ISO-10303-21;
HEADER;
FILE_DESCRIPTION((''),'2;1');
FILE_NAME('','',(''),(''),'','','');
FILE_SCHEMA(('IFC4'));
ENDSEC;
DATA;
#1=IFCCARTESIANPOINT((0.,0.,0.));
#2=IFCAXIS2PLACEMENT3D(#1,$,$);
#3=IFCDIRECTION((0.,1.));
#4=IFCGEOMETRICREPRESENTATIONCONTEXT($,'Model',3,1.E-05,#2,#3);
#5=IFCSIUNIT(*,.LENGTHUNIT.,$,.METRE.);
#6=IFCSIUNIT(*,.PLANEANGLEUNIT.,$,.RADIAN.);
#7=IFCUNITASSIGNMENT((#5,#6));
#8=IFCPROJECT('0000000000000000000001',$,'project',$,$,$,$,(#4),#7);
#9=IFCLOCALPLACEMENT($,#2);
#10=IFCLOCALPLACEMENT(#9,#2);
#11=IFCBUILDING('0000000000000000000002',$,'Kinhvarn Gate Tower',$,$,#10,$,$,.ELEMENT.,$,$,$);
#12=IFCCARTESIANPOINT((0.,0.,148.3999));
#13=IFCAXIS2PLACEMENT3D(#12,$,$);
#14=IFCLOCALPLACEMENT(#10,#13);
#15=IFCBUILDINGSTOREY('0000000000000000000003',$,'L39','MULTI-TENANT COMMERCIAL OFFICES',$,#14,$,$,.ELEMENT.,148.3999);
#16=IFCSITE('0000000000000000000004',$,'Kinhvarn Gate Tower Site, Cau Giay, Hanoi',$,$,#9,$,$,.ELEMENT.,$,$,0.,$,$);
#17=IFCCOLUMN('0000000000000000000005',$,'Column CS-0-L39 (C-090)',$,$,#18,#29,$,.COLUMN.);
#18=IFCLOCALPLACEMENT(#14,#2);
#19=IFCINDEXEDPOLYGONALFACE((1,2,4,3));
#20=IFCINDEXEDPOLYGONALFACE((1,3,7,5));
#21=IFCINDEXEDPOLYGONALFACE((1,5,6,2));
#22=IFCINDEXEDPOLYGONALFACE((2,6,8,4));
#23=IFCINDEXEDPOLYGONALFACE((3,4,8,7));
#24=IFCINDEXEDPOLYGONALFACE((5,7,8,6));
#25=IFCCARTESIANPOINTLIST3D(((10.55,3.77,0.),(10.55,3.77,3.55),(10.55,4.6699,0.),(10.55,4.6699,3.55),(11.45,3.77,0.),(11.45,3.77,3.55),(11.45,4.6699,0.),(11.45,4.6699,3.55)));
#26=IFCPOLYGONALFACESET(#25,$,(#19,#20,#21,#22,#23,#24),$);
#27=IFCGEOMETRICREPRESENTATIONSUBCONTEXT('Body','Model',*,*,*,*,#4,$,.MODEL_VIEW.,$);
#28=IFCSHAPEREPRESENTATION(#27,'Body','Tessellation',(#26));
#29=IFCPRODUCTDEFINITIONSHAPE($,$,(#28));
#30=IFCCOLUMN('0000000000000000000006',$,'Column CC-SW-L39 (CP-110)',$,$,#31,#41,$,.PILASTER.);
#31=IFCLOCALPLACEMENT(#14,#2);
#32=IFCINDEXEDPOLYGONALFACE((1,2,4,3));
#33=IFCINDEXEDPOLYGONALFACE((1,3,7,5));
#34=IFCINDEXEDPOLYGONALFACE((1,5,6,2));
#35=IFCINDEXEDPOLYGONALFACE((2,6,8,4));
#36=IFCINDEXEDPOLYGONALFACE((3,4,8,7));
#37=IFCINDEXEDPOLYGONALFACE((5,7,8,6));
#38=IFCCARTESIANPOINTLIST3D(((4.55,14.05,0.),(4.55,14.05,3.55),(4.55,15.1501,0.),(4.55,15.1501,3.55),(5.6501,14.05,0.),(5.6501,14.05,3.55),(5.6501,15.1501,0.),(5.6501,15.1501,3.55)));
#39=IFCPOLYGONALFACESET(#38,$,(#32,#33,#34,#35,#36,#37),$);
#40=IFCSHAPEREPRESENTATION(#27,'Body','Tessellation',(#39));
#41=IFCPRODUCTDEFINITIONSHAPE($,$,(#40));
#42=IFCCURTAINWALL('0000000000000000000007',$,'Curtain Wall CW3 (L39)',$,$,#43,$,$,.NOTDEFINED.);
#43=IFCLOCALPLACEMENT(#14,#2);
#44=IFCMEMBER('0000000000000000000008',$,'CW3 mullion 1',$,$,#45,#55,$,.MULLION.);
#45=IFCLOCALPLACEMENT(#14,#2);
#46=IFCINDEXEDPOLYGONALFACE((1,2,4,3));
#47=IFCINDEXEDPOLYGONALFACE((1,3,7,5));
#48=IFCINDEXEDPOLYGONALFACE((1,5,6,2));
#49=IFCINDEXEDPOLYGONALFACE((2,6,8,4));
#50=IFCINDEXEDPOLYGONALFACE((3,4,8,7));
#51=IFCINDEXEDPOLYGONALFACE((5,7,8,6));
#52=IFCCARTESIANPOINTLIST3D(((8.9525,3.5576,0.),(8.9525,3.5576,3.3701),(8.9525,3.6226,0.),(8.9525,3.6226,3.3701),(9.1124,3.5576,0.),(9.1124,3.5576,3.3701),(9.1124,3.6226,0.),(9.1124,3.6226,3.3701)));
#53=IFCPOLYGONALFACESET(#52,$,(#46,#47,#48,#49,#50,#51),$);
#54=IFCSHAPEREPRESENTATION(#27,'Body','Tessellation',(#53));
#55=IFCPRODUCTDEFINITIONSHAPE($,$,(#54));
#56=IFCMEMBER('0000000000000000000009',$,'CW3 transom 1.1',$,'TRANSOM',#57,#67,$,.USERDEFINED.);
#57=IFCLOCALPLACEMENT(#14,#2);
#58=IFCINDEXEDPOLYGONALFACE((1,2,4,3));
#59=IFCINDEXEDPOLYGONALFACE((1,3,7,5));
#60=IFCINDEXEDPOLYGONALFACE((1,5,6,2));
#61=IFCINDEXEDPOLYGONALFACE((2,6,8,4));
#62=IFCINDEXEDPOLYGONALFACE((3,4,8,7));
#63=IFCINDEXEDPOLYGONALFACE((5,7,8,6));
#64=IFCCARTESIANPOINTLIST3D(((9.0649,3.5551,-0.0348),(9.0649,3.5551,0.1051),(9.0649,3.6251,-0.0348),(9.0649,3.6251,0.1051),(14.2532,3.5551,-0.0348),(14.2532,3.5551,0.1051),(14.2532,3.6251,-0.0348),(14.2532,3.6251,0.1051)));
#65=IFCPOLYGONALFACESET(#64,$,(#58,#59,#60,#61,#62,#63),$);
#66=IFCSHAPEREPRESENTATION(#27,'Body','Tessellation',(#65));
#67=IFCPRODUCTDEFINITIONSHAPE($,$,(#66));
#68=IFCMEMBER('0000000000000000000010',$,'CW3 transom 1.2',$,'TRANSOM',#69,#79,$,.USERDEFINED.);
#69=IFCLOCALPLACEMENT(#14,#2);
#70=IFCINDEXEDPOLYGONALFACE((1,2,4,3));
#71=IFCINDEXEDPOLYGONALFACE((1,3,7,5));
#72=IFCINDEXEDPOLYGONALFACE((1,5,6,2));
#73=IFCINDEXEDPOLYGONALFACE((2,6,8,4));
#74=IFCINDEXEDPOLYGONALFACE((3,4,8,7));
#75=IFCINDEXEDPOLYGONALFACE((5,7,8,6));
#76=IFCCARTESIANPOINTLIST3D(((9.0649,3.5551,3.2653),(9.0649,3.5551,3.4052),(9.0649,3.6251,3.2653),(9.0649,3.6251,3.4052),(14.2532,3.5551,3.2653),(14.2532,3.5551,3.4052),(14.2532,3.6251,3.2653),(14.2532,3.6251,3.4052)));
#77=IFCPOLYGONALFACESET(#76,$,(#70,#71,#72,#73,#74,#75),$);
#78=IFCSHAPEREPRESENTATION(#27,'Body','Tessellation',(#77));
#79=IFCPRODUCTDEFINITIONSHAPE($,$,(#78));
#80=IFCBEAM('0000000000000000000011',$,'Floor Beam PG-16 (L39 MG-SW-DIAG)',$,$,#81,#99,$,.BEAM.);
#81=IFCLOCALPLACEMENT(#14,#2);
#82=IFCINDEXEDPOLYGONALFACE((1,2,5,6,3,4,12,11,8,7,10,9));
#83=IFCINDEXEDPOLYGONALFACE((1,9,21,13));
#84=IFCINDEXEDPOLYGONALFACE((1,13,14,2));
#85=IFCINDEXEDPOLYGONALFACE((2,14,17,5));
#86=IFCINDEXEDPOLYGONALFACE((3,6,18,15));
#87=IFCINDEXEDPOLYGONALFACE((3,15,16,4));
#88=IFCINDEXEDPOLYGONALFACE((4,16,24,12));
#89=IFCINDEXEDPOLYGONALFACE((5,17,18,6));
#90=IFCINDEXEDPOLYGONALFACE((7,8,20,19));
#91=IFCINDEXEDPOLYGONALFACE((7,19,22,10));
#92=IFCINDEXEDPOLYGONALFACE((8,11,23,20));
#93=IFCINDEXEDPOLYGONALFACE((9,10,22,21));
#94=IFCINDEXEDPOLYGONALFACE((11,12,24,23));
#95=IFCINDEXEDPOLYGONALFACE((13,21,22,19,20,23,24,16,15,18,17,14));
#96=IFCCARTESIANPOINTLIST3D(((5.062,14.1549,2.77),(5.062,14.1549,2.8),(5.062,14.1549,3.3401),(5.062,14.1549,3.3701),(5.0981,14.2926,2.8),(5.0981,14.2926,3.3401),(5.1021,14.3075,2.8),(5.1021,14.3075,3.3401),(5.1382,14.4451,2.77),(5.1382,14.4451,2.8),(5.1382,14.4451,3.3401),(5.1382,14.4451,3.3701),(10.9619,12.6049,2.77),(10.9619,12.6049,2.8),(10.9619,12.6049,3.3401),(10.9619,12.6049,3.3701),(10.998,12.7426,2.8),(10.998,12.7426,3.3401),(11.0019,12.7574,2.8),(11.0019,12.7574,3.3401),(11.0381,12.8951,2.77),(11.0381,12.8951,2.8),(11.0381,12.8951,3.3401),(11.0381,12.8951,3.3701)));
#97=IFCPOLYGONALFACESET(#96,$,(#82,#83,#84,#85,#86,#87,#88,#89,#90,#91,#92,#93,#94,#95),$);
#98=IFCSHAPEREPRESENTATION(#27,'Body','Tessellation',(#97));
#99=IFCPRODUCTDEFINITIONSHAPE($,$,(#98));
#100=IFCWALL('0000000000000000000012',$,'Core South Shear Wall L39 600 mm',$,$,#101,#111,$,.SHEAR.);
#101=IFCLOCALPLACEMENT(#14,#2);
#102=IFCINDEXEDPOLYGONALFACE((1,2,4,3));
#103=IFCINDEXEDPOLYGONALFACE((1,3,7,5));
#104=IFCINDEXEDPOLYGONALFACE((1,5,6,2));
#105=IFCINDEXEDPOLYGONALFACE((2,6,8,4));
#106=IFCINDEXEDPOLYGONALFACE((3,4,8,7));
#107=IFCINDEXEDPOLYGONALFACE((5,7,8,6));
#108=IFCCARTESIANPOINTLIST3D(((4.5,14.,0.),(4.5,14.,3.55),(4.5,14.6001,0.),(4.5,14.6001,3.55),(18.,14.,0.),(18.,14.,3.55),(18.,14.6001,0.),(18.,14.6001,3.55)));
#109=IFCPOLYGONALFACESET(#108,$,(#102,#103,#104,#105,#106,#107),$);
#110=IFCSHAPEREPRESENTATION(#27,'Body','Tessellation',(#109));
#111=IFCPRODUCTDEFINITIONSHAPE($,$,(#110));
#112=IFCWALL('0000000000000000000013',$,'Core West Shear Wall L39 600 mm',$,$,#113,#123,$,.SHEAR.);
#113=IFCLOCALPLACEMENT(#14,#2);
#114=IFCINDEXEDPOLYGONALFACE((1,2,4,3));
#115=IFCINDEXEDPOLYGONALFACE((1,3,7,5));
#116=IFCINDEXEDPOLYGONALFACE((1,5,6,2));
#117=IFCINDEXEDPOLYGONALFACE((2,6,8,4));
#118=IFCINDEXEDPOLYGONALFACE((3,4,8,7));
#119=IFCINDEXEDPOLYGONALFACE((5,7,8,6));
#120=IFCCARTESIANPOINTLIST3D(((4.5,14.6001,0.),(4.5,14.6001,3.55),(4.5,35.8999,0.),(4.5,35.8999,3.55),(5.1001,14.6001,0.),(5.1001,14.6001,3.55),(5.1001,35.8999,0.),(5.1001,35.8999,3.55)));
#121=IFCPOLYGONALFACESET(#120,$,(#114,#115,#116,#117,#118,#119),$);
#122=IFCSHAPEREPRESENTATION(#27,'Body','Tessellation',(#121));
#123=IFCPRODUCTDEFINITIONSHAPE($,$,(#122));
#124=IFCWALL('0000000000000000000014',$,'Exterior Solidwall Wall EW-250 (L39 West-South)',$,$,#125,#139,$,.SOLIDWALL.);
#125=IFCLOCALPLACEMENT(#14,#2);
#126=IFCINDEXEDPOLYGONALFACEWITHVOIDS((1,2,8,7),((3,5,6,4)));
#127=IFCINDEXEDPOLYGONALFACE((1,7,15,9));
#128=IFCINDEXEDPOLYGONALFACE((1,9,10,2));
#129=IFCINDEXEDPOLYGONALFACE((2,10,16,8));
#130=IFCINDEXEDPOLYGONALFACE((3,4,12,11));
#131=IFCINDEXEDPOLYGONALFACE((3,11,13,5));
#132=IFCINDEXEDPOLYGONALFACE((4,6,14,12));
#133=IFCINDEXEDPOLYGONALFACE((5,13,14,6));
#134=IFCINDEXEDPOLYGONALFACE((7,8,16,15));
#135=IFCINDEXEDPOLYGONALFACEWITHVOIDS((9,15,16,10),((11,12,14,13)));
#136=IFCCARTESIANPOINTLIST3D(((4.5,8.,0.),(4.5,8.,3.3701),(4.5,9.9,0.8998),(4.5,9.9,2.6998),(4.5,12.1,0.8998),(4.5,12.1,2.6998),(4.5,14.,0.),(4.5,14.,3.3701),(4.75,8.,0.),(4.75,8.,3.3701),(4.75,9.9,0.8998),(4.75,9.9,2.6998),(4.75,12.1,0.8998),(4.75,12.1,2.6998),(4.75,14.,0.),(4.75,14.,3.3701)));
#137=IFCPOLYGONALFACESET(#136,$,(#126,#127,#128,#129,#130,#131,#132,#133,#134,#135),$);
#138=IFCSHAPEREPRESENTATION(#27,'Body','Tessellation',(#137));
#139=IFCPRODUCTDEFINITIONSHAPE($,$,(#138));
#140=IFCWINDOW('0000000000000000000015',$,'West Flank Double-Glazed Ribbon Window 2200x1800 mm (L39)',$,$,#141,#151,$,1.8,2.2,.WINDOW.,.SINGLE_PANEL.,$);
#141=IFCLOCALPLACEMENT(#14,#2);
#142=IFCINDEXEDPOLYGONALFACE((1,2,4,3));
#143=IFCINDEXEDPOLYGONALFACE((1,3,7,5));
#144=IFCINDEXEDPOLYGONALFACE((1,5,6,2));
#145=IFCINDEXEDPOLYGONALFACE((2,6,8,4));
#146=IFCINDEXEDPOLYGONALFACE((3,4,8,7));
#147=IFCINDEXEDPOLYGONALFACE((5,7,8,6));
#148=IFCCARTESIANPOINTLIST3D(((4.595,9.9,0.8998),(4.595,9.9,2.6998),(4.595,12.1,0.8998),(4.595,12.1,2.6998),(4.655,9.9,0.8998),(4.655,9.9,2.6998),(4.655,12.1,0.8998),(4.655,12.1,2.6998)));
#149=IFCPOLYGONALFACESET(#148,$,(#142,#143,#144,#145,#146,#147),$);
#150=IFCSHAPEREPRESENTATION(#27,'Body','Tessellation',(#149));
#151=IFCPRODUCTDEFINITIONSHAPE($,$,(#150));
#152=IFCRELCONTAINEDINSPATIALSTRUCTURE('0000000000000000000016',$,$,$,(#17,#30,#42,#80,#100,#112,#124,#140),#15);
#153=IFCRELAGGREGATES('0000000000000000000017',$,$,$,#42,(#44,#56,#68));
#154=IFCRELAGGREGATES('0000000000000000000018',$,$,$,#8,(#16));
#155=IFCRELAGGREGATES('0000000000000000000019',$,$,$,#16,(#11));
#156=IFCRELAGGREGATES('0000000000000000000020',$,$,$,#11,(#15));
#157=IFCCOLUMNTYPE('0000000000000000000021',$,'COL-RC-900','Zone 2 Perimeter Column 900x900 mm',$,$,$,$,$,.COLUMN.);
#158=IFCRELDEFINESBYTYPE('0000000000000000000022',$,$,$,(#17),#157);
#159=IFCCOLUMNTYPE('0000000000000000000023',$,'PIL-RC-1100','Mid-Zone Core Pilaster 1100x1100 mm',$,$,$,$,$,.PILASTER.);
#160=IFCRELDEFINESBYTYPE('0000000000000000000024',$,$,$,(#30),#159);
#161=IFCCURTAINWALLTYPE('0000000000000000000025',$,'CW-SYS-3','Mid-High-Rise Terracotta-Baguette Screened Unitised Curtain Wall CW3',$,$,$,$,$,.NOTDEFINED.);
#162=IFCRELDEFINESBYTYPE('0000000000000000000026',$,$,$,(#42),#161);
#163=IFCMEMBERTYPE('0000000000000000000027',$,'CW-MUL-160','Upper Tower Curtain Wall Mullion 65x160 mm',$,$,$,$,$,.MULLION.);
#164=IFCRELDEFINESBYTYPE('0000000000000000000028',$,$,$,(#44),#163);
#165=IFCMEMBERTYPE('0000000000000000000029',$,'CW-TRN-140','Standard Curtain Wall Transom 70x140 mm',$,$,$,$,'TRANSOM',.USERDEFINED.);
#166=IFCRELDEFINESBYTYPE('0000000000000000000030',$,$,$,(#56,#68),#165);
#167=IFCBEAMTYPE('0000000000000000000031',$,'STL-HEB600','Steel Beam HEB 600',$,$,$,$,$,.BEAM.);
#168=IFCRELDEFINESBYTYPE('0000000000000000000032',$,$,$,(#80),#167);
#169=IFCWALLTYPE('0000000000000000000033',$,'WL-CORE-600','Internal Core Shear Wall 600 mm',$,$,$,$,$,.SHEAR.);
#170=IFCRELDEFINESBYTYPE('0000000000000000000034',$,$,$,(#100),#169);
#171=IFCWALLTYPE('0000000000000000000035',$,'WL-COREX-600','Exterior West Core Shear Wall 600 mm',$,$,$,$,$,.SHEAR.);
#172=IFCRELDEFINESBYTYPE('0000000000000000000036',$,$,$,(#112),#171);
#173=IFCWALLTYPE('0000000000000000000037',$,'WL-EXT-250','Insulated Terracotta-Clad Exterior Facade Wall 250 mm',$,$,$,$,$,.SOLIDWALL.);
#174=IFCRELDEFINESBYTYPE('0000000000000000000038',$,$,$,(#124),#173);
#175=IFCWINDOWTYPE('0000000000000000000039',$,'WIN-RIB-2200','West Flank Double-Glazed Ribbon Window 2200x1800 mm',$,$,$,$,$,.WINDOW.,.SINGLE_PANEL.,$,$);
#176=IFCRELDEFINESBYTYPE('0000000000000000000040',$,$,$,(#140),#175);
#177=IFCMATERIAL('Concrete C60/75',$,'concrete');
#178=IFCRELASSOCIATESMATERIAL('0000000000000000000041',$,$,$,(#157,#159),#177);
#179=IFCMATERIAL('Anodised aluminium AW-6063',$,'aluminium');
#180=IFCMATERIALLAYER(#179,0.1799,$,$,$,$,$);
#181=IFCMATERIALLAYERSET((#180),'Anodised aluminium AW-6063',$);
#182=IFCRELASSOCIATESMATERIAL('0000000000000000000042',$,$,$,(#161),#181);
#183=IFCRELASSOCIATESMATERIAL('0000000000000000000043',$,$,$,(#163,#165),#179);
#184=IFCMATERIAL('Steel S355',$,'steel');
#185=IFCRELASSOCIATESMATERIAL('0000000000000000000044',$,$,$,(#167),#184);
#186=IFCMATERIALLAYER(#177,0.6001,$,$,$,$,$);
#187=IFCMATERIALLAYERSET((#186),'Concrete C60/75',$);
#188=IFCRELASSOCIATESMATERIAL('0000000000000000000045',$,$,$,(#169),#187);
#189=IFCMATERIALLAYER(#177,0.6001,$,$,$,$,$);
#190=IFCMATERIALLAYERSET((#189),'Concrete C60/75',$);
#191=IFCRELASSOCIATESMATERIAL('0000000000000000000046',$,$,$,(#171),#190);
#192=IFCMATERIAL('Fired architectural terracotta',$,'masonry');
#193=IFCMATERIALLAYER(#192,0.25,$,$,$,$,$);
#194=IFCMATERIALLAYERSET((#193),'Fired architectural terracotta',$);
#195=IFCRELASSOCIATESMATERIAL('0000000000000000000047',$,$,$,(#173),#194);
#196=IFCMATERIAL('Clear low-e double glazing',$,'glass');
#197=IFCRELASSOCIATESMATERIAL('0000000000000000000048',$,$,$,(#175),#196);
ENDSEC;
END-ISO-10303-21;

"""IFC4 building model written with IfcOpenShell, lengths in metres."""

from ifc_helpers import new_model, si_unit, direction, frame, frame_2d, origin, origin_2d, place, context, subcontext, project, spatial, rectangle, i_section, extrude, material, layer, layer_set, material_profile, profile_set, type_object, element, fill, aggregate, save


model = new_model("IFC4")

# Units and contexts
model_context = context("Model", 3, precision=1e-05, world=origin(), true_north=direction((0.0, 1.0)))
body_context = subcontext(model_context, "Body", "Model", "MODEL_VIEW")
ifc_project = project(units=[si_unit("LENGTHUNIT", "METRE"), si_unit("PLANEANGLEUNIT", "RADIAN")], contexts=[model_context])

# Site, building, storey
site_placement = place(None, origin())
site = spatial("IfcSite", under=ifc_project, at=site_placement, Name="Kinhvarn Gate Tower Site, Cau Giay, Hanoi", CompositionType="ELEMENT", RefElevation=0.0)
building_placement = place(site_placement, origin())
building = spatial("IfcBuilding", under=site, at=building_placement, Name="Kinhvarn Gate Tower", CompositionType="ELEMENT")
storey_placement = place(building_placement, frame((0.0, 0.0, 148.3999)))
storey = spatial("IfcBuildingStorey", under=building, at=storey_placement, Name="L39", Description="MULTI-TENANT COMMERCIAL OFFICES", CompositionType="ELEMENT", Elevation=148.3999)

# Columns
ifc_material_1 = material(Name="Concrete C60/75", Category="concrete")
ifc_material_profile_1 = material_profile(ifc_material_1, rectangle(XDim=0.8999, YDim=0.8999, at=origin_2d()), Name="RC 900x900")
ifc_profile_set_1 = profile_set([ifc_material_profile_1], Name="Concrete C60/75")
column_type_1 = type_object("IfcColumnType", Name="COL-RC-900", Description="Zone 2 Perimeter Column 900x900 mm", PredefinedType="COLUMN", material=ifc_profile_set_1)
column_1_placement = place(storey_placement, frame((11.0, 4.22, 0.0), z_axis=(0.0, 0.0, 1.0), x_axis=(1.0, 0.0, 0.0)))
element("IfcColumn", 1, at=column_1_placement, inside=storey, type_object=column_type_1, Name="Column CS-0-L39 (C-090)", PredefinedType="COLUMN", context=body_context, shape_type="SweptSolid", body=[
    extrude(rectangle(XDim=0.8999, YDim=0.8999, at=origin_2d()), origin(), (0.0, 0.0, 1.0), 3.55),
])
ifc_material_profile_2 = material_profile(ifc_material_1, rectangle(XDim=1.1001, YDim=1.1001, at=origin_2d()), Name="RC 1100x1100")
ifc_profile_set_2 = profile_set([ifc_material_profile_2], Name="Concrete C60/75")
column_type_2 = type_object("IfcColumnType", Name="PIL-RC-1100", Description="Mid-Zone Core Pilaster 1100x1100 mm", PredefinedType="PILASTER", material=ifc_profile_set_2)
column_2_placement = place(storey_placement, frame((5.1001, 14.6001, 0.0), z_axis=(0.0, 0.0, 1.0), x_axis=(1.0, 0.0, 0.0)))
element("IfcColumn", 2, at=column_2_placement, inside=storey, type_object=column_type_2, Name="Column CC-SW-L39 (CP-110)", PredefinedType="PILASTER", context=body_context, shape_type="SweptSolid", body=[
    extrude(rectangle(XDim=1.1001, YDim=1.1001, at=origin_2d()), origin(), (0.0, 0.0, 1.0), 3.55),
])

# Curtain wall, members
ifc_material_2 = material(Name="Anodised aluminium AW-6063", Category="aluminium")
ifc_layer_1 = layer(ifc_material_2, 0.1799)
ifc_layer_set_1 = layer_set([ifc_layer_1], Name="Anodised aluminium AW-6063")
curtain_wall_type = type_object("IfcCurtainWallType", Name="CW-SYS-3", Description="Mid-High-Rise Terracotta-Baguette Screened Unitised Curtain Wall CW3", PredefinedType="NOTDEFINED", material=ifc_layer_set_1)
curtain_wall_placement = place(storey_placement, origin())
curtain_wall = element("IfcCurtainWall", 3, at=curtain_wall_placement, inside=storey, type_object=curtain_wall_type, Name="Curtain Wall CW3 (L39)", PredefinedType="NOTDEFINED")
ifc_material_profile_3 = material_profile(ifc_material_2, rectangle(XDim=0.0649, YDim=0.1599, at=origin_2d()), Name="ALU 65x160")
ifc_profile_set_3 = profile_set([ifc_material_profile_3], Name="Anodised aluminium AW-6063")
member_type_1 = type_object("IfcMemberType", Name="CW-MUL-160", Description="Upper Tower Curtain Wall Mullion 65x160 mm", PredefinedType="MULLION", material=ifc_profile_set_3)
member_1_placement = place(storey_placement, frame((9.0325, 3.5901, 0.0), z_axis=(0.0, 0.0, 1.0), x_axis=(0.0, 1.0, 0.0)))
member_1 = element("IfcMember", 4, at=member_1_placement, type_object=member_type_1, Name="CW3 mullion 1", PredefinedType="MULLION", context=body_context, shape_type="SweptSolid", body=[
    extrude(rectangle(XDim=0.0649, YDim=0.1599, at=origin_2d()), origin(), (0.0, 0.0, 1.0), 3.3701),
])
ifc_material_profile_4 = material_profile(ifc_material_2, rectangle(XDim=0.0701, YDim=0.1399, at=origin_2d()), Name="ALU 70x140")
ifc_profile_set_4 = profile_set([ifc_material_profile_4], Name="Anodised aluminium AW-6063")
member_type_2 = type_object("IfcMemberType", Name="CW-TRN-140", Description="Standard Curtain Wall Transom 70x140 mm", ElementType="TRANSOM", PredefinedType="USERDEFINED", material=ifc_profile_set_4)
member_2_placement = place(storey_placement, frame((9.0649, 3.5901, 0.0352), z_axis=(1.0, 0.0, 0.0), x_axis=(0.0, 1.0, 0.0)))
member_2 = element("IfcMember", 5, at=member_2_placement, type_object=member_type_2, Name="CW3 transom 1.1", ObjectType="TRANSOM", PredefinedType="USERDEFINED", context=body_context, shape_type="SweptSolid", body=[
    extrude(rectangle(XDim=0.0701, YDim=0.1399, at=origin_2d()), origin(), (0.0, 0.0, 1.0), 5.1882),
])
member_3_placement = place(storey_placement, frame((9.0649, 3.5901, 3.3352), z_axis=(1.0, 0.0, 0.0), x_axis=(0.0, 1.0, 0.0)))
member_3 = element("IfcMember", 6, at=member_3_placement, type_object=member_type_2, Name="CW3 transom 1.2", ObjectType="TRANSOM", PredefinedType="USERDEFINED", context=body_context, shape_type="SweptSolid", body=[
    extrude(rectangle(XDim=0.0701, YDim=0.1399, at=origin_2d()), origin(), (0.0, 0.0, 1.0), 5.1882),
])
aggregate(curtain_wall, [member_1, member_2, member_3])

# Beam
ifc_material_3 = material(Name="Steel S355", Category="steel")
ifc_material_profile_5 = material_profile(ifc_material_3, i_section(OverallWidth=0.3, OverallDepth=0.6001, WebThickness=0.0154, FlangeThickness=0.03, at=origin_2d()), Name="HEB 600")
ifc_profile_set_5 = profile_set([ifc_material_profile_5], Name="Steel S355")
beam_type = type_object("IfcBeamType", Name="STL-HEB600", Description="Steel Beam HEB 600", PredefinedType="BEAM", material=ifc_profile_set_5)
beam_placement = place(storey_placement, frame((5.1001, 14.3, 3.0701), z_axis=(0.967178, -0.254101, 0.0), x_axis=(0.254101, 0.967178, 0.0)))
element("IfcBeam", 7, at=beam_placement, inside=storey, type_object=beam_type, Name="Floor Beam PG-16 (L39 MG-SW-DIAG)", PredefinedType="BEAM", context=body_context, shape_type="SweptSolid", body=[
    extrude(i_section(OverallWidth=0.3, OverallDepth=0.6001, WebThickness=0.0154, FlangeThickness=0.03, at=origin_2d()), origin(), (0.0, 0.0, 1.0), 6.1001),
])

# Walls
ifc_layer_2 = layer(ifc_material_1, 0.6001)
ifc_layer_set_2 = layer_set([ifc_layer_2], Name="Concrete C60/75")
wall_type_1 = type_object("IfcWallType", Name="WL-CORE-600", Description="Internal Core Shear Wall 600 mm", PredefinedType="SHEAR", material=ifc_layer_set_2)
wall_1_placement = place(storey_placement, frame((4.5, 14.3, 0.0), z_axis=(0.0, 0.0, 1.0), x_axis=(1.0, 0.0, 0.0)))
element("IfcWall", 8, at=wall_1_placement, inside=storey, type_object=wall_type_1, Name="Core South Shear Wall L39 600 mm", PredefinedType="SHEAR", context=body_context, shape_type="SweptSolid", body=[
    extrude(rectangle(XDim=13.5, YDim=0.6001, at=frame_2d((6.75, 0.0))), origin(), (0.0, 0.0, 1.0), 3.55),
])
ifc_layer_3 = layer(ifc_material_1, 0.6001)
ifc_layer_set_3 = layer_set([ifc_layer_3], Name="Concrete C60/75")
wall_type_2 = type_object("IfcWallType", Name="WL-COREX-600", Description="Exterior West Core Shear Wall 600 mm", PredefinedType="SHEAR", material=ifc_layer_set_3)
wall_2_placement = place(storey_placement, frame((4.8, 14.6001, 0.0), z_axis=(0.0, 0.0, 1.0), x_axis=(0.0, 1.0, 0.0)))
element("IfcWall", 9, at=wall_2_placement, inside=storey, type_object=wall_type_2, Name="Core West Shear Wall L39 600 mm", PredefinedType="SHEAR", context=body_context, shape_type="SweptSolid", body=[
    extrude(rectangle(XDim=21.2998, YDim=0.6001, at=frame_2d((10.6499, 0.0))), origin(), (0.0, 0.0, 1.0), 3.55),
])

# Wall, opening, window
ifc_material_4 = material(Name="Fired architectural terracotta", Category="masonry")
ifc_layer_4 = layer(ifc_material_4, 0.25)
ifc_layer_set_4 = layer_set([ifc_layer_4], Name="Fired architectural terracotta")
wall_type_3 = type_object("IfcWallType", Name="WL-EXT-250", Description="Insulated Terracotta-Clad Exterior Facade Wall 250 mm", PredefinedType="SOLIDWALL", material=ifc_layer_set_4)
wall_3_placement = place(storey_placement, frame((4.625, 14.0, 0.0), z_axis=(0.0, 0.0, 1.0), x_axis=(0.0, -1.0, 0.0)))
wall_3 = element("IfcWall", 10, at=wall_3_placement, inside=storey, type_object=wall_type_3, Name="Exterior Solidwall Wall EW-250 (L39 West-South)", PredefinedType="SOLIDWALL", context=body_context, shape_type="SweptSolid", body=[
    extrude(rectangle(XDim=6.0, YDim=0.25, at=frame_2d((3.0, 0.0))), origin(), (0.0, 0.0, 1.0), 3.3701),
])
opening_1_placement = place(wall_3_placement, frame((1.8999, 0.0, 0.8999)))
opening_1 = element("IfcOpeningElement", 11, at=opening_1_placement, cuts=wall_3, PredefinedType="OPENING", context=body_context, shape_type="SweptSolid", body=[
    extrude(rectangle(XDim=2.2, YDim=1.8, at=frame_2d((1.1001, 0.8999))), frame((0.0, 0.135, 0.0), z_axis=(0.0, -1.0, 0.0), x_axis=(1.0, 0.0, 0.0)), (0.0, 0.0, 1.0), 0.27),
])
ifc_material_5 = material(Name="Clear low-e double glazing", Category="glass")
window_type_1 = type_object("IfcWindowType", Name="WIN-RIB-2200", Description="West Flank Double-Glazed Ribbon Window 2200x1800 mm", PartitioningType="SINGLE_PANEL", PredefinedType="WINDOW", material=ifc_material_5)
window_1_placement = place(opening_1_placement, origin())
window_1 = element("IfcWindow", 12, at=window_1_placement, inside=storey, type_object=window_type_1, Name="West Flank Double-Glazed Ribbon Window 2200x1800 mm (L39)", OverallHeight=1.8, OverallWidth=2.2, PartitioningType="SINGLE_PANEL", PredefinedType="WINDOW", context=body_context, shape_type="SweptSolid", body=[
    extrude(rectangle(XDim=2.2, YDim=1.8, at=frame_2d((1.1001, 0.8999))), frame((0.0, 0.03, 0.0), z_axis=(0.0, -1.0, 0.0), x_axis=(1.0, 0.0, 0.0)), (0.0, 0.0, 1.0), 0.0601),
])
fill(opening_1, window_1)

save(model, "model.ifc")
